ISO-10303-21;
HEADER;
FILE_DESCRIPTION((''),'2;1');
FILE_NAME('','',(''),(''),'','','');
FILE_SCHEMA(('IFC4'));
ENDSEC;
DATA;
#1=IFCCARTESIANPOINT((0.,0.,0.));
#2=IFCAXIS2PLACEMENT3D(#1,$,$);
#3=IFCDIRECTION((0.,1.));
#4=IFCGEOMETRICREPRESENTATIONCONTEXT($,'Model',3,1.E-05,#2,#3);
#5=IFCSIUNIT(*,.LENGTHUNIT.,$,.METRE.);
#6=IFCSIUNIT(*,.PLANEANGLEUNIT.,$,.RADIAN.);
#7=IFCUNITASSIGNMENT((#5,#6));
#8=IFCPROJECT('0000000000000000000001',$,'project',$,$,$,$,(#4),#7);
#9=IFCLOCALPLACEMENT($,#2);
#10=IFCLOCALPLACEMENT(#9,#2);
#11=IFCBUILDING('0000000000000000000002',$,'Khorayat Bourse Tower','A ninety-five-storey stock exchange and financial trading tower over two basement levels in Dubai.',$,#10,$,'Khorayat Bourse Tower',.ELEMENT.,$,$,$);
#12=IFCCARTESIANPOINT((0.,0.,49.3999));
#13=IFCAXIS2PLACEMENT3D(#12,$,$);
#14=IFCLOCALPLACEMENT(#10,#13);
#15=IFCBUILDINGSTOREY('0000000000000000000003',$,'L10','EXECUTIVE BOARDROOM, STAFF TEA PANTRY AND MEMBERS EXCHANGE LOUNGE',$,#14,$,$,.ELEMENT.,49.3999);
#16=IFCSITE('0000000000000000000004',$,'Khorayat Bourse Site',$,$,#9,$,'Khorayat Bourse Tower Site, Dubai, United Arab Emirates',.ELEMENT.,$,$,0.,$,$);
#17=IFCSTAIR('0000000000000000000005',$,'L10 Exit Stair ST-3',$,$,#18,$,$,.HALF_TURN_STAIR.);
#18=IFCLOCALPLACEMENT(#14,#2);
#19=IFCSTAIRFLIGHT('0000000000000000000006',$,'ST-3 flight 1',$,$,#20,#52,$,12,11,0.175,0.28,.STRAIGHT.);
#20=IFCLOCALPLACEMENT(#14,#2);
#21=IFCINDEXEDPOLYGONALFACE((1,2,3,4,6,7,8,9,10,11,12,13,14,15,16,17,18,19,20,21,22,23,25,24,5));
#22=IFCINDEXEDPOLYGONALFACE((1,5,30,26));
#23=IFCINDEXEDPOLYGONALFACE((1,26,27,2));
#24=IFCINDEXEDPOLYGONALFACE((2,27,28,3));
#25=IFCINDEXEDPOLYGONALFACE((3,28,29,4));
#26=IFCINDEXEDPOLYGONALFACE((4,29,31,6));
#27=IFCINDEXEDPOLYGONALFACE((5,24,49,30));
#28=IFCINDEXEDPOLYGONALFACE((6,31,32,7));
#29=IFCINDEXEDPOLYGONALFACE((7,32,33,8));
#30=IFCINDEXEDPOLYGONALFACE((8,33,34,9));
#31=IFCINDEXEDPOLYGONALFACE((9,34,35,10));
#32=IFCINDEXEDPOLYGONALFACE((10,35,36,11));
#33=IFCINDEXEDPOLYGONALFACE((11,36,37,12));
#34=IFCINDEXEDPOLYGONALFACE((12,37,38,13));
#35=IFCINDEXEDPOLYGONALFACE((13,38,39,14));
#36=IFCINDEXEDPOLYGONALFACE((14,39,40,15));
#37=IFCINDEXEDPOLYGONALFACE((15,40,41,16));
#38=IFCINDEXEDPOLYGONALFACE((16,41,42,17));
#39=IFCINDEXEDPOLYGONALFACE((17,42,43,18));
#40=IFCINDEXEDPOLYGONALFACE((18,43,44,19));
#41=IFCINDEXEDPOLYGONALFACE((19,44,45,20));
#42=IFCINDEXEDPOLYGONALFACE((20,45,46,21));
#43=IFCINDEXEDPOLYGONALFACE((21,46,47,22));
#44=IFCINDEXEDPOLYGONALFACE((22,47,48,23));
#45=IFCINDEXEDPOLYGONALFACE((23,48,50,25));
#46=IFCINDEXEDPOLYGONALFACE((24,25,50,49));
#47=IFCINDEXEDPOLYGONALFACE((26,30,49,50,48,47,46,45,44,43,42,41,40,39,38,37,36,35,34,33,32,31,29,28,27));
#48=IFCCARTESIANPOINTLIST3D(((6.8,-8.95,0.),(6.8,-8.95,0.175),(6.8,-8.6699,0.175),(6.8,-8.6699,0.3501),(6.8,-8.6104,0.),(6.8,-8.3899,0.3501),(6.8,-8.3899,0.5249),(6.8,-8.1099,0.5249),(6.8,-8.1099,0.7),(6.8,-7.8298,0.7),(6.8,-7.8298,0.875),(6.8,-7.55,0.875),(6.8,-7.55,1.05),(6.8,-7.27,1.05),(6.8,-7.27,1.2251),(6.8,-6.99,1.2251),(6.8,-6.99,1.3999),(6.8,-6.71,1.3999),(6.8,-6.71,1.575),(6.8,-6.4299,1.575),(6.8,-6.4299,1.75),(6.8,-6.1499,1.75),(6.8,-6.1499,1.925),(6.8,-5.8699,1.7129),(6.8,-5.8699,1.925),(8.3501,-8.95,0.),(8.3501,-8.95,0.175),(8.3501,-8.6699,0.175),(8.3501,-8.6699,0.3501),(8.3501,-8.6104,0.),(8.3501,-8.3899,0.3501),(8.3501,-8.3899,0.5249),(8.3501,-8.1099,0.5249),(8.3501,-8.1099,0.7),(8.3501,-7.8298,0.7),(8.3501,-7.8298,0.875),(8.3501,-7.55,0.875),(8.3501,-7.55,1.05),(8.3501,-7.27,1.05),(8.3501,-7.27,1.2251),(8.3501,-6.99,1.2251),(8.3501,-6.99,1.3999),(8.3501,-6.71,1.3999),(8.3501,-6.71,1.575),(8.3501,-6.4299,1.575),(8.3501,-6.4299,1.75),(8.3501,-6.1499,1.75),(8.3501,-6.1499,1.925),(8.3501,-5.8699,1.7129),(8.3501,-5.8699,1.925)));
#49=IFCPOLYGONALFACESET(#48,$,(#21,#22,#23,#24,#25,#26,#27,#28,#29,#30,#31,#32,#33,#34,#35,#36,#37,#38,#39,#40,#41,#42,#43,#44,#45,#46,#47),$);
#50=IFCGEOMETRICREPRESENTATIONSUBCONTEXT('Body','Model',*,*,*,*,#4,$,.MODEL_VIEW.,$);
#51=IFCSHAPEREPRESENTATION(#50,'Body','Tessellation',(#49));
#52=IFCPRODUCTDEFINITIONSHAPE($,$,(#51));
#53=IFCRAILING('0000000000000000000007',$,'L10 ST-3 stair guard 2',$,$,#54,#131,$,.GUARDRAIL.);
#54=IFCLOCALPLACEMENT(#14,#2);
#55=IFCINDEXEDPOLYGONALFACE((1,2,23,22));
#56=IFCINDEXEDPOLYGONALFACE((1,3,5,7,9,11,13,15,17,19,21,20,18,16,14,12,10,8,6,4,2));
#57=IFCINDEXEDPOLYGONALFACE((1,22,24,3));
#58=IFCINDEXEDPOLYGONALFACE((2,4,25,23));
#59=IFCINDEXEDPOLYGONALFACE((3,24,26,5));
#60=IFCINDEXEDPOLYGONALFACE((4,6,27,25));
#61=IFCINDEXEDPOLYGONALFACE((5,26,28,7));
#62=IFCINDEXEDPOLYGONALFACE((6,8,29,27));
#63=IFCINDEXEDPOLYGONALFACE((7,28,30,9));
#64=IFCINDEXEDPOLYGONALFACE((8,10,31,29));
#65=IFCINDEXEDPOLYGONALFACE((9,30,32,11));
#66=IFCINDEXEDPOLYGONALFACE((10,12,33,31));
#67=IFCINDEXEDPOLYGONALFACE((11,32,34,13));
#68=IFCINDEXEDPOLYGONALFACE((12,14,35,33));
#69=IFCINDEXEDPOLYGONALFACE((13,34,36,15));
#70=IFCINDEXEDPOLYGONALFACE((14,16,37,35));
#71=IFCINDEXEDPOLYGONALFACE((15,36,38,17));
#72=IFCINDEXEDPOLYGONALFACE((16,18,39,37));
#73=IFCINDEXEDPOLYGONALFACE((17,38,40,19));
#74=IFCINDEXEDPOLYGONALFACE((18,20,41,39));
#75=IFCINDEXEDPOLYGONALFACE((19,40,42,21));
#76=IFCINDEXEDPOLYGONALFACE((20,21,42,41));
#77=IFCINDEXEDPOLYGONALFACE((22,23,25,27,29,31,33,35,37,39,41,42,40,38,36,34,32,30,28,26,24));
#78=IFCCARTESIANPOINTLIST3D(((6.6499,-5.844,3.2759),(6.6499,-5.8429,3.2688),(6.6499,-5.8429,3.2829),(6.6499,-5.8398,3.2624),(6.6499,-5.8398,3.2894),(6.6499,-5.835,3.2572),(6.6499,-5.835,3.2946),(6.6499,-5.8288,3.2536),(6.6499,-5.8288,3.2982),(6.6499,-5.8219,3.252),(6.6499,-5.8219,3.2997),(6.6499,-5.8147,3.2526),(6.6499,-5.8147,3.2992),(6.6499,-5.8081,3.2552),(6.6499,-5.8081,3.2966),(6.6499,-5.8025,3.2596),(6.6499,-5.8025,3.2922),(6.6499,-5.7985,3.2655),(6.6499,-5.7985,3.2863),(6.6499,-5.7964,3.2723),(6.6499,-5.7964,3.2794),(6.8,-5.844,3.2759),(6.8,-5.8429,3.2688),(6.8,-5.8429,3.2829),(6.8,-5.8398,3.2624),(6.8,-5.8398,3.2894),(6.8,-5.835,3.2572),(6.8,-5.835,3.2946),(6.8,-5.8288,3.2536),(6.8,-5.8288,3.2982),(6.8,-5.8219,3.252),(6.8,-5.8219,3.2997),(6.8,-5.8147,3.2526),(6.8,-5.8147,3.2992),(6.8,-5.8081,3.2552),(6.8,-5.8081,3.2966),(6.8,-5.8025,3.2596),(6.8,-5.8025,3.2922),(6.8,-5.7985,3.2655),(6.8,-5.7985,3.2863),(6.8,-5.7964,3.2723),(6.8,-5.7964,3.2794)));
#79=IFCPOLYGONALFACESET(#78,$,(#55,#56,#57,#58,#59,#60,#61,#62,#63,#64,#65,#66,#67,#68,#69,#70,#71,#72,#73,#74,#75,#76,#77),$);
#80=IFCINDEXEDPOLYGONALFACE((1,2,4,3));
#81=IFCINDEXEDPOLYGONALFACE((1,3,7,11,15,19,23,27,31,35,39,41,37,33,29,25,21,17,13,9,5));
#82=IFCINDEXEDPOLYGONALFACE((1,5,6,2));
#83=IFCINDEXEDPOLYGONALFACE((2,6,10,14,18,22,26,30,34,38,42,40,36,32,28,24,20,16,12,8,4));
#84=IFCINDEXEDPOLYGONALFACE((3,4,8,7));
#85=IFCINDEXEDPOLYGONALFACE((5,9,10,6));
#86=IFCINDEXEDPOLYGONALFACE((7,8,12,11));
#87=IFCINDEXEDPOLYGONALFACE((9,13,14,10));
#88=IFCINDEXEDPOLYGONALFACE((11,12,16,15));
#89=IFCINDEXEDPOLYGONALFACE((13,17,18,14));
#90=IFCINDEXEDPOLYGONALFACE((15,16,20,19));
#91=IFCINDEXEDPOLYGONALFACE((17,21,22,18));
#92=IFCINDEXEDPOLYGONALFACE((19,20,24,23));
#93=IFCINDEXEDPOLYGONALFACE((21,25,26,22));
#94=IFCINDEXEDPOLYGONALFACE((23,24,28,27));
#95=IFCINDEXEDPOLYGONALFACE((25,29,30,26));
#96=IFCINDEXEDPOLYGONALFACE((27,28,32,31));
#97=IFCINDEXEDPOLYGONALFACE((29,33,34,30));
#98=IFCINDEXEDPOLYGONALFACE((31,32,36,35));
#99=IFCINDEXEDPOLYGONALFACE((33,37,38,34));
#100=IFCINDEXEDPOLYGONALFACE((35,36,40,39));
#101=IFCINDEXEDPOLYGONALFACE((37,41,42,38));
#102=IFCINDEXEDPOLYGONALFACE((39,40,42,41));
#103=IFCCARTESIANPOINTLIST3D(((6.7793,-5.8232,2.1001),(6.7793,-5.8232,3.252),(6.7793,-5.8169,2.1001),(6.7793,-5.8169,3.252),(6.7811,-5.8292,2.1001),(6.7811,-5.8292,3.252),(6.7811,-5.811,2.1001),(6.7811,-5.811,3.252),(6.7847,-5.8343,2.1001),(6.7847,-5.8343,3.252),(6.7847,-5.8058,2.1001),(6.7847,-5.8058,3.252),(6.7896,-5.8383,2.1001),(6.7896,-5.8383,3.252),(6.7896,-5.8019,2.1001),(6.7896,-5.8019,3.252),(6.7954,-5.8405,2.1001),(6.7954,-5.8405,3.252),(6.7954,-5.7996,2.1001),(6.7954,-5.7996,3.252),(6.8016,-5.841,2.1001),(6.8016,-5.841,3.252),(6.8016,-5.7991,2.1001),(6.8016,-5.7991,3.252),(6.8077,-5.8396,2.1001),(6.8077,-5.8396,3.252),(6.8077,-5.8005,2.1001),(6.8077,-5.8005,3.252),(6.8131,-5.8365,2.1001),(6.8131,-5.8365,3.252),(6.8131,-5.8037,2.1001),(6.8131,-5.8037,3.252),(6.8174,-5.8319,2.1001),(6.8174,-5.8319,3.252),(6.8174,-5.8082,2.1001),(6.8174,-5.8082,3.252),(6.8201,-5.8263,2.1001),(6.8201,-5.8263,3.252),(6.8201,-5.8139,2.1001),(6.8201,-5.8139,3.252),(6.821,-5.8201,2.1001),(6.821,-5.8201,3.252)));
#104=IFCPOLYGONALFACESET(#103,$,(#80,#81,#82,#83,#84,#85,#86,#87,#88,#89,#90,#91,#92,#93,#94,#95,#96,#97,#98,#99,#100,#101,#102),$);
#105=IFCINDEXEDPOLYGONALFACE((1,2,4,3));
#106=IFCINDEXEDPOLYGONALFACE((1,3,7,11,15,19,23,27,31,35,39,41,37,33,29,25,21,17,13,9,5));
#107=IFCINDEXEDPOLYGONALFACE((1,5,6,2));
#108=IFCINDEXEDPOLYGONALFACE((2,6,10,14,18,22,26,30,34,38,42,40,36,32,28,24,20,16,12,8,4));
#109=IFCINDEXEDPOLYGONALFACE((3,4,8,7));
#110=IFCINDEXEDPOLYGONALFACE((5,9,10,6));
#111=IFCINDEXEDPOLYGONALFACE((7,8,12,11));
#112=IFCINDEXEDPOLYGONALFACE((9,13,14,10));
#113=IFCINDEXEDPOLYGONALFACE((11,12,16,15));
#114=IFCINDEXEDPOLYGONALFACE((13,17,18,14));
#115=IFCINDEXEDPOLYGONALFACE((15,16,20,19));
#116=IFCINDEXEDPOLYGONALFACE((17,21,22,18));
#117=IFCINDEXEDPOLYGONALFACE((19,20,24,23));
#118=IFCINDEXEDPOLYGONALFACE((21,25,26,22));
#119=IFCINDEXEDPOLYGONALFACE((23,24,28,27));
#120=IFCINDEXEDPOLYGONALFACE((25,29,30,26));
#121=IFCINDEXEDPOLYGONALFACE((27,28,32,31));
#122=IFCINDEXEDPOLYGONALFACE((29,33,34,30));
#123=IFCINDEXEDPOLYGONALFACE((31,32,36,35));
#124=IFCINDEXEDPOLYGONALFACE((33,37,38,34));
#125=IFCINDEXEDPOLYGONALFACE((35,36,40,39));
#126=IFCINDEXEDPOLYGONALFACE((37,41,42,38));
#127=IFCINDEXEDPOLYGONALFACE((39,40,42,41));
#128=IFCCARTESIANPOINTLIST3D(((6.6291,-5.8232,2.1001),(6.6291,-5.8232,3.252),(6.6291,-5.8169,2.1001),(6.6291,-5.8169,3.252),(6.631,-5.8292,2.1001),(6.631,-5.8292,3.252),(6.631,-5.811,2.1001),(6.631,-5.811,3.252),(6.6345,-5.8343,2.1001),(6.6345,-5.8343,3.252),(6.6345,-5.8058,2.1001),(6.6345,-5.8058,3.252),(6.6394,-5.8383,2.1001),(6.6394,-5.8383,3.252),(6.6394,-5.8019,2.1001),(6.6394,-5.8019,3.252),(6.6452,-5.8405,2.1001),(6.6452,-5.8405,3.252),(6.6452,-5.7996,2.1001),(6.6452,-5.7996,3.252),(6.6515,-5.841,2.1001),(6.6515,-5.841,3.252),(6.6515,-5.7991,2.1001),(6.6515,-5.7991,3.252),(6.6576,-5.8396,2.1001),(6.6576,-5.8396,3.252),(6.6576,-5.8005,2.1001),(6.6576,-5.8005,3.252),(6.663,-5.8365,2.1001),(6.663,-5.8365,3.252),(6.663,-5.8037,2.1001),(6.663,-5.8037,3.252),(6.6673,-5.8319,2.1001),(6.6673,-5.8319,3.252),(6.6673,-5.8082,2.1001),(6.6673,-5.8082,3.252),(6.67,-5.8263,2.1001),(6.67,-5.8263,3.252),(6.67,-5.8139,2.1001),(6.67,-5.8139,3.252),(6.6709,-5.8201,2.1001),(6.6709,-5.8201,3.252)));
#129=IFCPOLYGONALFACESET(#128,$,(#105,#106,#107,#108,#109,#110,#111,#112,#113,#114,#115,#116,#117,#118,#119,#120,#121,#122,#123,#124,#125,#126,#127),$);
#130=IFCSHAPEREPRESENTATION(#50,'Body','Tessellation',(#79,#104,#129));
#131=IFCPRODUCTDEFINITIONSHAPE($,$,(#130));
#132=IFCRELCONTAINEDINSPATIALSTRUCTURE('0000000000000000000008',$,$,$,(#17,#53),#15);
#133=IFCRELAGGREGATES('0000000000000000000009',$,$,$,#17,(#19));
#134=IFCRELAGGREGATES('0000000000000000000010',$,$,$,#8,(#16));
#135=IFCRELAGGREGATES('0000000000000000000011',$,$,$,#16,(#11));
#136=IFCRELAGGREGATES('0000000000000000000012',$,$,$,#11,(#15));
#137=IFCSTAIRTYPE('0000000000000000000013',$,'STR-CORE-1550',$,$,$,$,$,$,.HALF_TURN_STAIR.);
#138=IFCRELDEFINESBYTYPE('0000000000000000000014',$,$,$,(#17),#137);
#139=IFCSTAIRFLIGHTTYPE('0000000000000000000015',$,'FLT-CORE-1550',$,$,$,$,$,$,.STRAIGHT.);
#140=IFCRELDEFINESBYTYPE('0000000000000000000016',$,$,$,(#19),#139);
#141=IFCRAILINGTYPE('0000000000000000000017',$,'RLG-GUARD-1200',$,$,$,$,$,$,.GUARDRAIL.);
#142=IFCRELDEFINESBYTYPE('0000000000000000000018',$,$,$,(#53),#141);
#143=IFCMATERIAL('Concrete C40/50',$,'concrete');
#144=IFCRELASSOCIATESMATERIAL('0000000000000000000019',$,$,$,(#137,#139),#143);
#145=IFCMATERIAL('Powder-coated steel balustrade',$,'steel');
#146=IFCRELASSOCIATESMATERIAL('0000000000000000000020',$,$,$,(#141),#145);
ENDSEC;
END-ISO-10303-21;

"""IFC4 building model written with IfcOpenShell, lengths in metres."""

from ifc_helpers import new_model, si_unit, direction, frame, origin, origin_2d, place, context, subcontext, project, spatial, polyline, circle, outline, extrude, source, transform, mapped, material, type_object, element, aggregate, save


model = new_model("IFC4")

# Units and contexts
model_context = context("Model", 3, precision=1e-05, world=origin(), true_north=direction((0.0, 1.0)))
body_context = subcontext(model_context, "Body", "Model", "MODEL_VIEW")
ifc_project = project(units=[si_unit("LENGTHUNIT", "METRE"), si_unit("PLANEANGLEUNIT", "RADIAN")], contexts=[model_context])

# Site, building, storey
site_placement = place(None, origin())
site = spatial("IfcSite", under=ifc_project, at=site_placement, Name="Khorayat Bourse Site", LongName="Khorayat Bourse Tower Site, Dubai, United Arab Emirates", CompositionType="ELEMENT", RefElevation=0.0)
building_placement = place(site_placement, origin())
building = spatial("IfcBuilding", under=site, at=building_placement, Name="Khorayat Bourse Tower", Description="A ninety-five-storey stock exchange and financial trading tower over two basement levels in Dubai.", LongName="Khorayat Bourse Tower", CompositionType="ELEMENT")
storey_placement = place(building_placement, frame((0.0, 0.0, 49.3999)))
storey = spatial("IfcBuildingStorey", under=building, at=storey_placement, Name="L10", Description="EXECUTIVE BOARDROOM, STAFF TEA PANTRY AND MEMBERS EXCHANGE LOUNGE", CompositionType="ELEMENT", Elevation=49.3999)

# Stair, stair flight
ifc_material_1 = material(Name="Concrete C40/50", Category="concrete")
stair_type = type_object("IfcStairType", Name="STR-CORE-1550", PredefinedType="HALF_TURN_STAIR", material=ifc_material_1)
stair_placement = place(storey_placement, origin())
stair = element("IfcStair", 1, at=stair_placement, inside=storey, type_object=stair_type, Name="L10 Exit Stair ST-3", PredefinedType="HALF_TURN_STAIR")
stair_flight_type = type_object("IfcStairFlightType", Name="FLT-CORE-1550", PredefinedType="STRAIGHT", material=ifc_material_1)
shared_shape_1 = source(origin(), body_context, "Body", "SweptSolid", [
    extrude(outline(polyline([(0.0, 0.0), (0.0, 0.175), (0.28, 0.175), (0.28, 0.3501), (0.5601, 0.3501), (0.5601, 0.5249), (0.8401, 0.5249), (0.8401, 0.7), (1.1201, 0.7), (1.1201, 0.875), (1.3999, 0.875), (1.3999, 1.05), (1.6799, 1.05), (1.6799, 1.2251), (1.96, 1.2251), (1.96, 1.3999), (2.24, 1.3999), (2.24, 1.575), (2.52, 1.575), (2.52, 1.75), (2.8, 1.75), (2.8, 1.925), (3.0801, 1.925), (3.0801, 2.1001), (3.0801, 1.7129), (0.3396, 0.0), (0.0, 0.0)])), frame((0.0, 0.7749, 0.0), z_axis=(0.0, -1.0, 0.0), x_axis=(1.0, 0.0, 0.0)), (0.0, 0.0, 1.0), 1.55),
])
stair_flight_placement = place(storey_placement, frame((7.575, -8.95, 0.0), z_axis=(0.0, 0.0, 1.0), x_axis=(0.0, 1.0, 0.0)))
stair_flight = element("IfcStairFlight", 2, at=stair_flight_placement, type_object=stair_flight_type, Name="ST-3 flight 1", NumberOfRisers=12, NumberOfTreads=11, PredefinedType="STRAIGHT", RiserHeight=0.175, TreadLength=0.28, context=body_context, shape_type="MappedRepresentation", body=[
    mapped(shared_shape_1, transform((0.0, 0.0, 0.0), scale=1.0)),
])
aggregate(stair, [stair_flight])

# Railing
ifc_material_2 = material(Name="Powder-coated steel balustrade", Category="steel")
railing_type_1 = type_object("IfcRailingType", Name="RLG-GUARD-1200", PredefinedType="GUARDRAIL", material=ifc_material_2)
shared_shape_2 = source(origin(), body_context, "Body", "SweptSolid", [
    extrude(circle(Radius=0.0239, at=origin_2d()), frame((0.0, 0.0, 1.1758), z_axis=(-1.0, 0.0, 0.0), x_axis=(0.0, -1.0, 0.0)), (0.0, 0.0, 1.0), 0.1501),
    extrude(circle(Radius=0.021, at=origin_2d()), origin(), (0.0, 0.0, 1.0), 1.1519),
    extrude(circle(Radius=0.021, at=origin_2d()), frame((-0.1501, 0.0, 0.0)), (0.0, 0.0, 1.0), 1.1519),
])
railing_1_placement = place(storey_placement, frame((6.8, -5.8201, 2.1001)))
element("IfcRailing", 3, at=railing_1_placement, inside=storey, type_object=railing_type_1, Name="L10 ST-3 stair guard 2", PredefinedType="GUARDRAIL", context=body_context, shape_type="MappedRepresentation", body=[
    mapped(shared_shape_2, transform((0.0, 0.0, 0.0), scale=1.0)),
])

save(model, "model.ifc")
